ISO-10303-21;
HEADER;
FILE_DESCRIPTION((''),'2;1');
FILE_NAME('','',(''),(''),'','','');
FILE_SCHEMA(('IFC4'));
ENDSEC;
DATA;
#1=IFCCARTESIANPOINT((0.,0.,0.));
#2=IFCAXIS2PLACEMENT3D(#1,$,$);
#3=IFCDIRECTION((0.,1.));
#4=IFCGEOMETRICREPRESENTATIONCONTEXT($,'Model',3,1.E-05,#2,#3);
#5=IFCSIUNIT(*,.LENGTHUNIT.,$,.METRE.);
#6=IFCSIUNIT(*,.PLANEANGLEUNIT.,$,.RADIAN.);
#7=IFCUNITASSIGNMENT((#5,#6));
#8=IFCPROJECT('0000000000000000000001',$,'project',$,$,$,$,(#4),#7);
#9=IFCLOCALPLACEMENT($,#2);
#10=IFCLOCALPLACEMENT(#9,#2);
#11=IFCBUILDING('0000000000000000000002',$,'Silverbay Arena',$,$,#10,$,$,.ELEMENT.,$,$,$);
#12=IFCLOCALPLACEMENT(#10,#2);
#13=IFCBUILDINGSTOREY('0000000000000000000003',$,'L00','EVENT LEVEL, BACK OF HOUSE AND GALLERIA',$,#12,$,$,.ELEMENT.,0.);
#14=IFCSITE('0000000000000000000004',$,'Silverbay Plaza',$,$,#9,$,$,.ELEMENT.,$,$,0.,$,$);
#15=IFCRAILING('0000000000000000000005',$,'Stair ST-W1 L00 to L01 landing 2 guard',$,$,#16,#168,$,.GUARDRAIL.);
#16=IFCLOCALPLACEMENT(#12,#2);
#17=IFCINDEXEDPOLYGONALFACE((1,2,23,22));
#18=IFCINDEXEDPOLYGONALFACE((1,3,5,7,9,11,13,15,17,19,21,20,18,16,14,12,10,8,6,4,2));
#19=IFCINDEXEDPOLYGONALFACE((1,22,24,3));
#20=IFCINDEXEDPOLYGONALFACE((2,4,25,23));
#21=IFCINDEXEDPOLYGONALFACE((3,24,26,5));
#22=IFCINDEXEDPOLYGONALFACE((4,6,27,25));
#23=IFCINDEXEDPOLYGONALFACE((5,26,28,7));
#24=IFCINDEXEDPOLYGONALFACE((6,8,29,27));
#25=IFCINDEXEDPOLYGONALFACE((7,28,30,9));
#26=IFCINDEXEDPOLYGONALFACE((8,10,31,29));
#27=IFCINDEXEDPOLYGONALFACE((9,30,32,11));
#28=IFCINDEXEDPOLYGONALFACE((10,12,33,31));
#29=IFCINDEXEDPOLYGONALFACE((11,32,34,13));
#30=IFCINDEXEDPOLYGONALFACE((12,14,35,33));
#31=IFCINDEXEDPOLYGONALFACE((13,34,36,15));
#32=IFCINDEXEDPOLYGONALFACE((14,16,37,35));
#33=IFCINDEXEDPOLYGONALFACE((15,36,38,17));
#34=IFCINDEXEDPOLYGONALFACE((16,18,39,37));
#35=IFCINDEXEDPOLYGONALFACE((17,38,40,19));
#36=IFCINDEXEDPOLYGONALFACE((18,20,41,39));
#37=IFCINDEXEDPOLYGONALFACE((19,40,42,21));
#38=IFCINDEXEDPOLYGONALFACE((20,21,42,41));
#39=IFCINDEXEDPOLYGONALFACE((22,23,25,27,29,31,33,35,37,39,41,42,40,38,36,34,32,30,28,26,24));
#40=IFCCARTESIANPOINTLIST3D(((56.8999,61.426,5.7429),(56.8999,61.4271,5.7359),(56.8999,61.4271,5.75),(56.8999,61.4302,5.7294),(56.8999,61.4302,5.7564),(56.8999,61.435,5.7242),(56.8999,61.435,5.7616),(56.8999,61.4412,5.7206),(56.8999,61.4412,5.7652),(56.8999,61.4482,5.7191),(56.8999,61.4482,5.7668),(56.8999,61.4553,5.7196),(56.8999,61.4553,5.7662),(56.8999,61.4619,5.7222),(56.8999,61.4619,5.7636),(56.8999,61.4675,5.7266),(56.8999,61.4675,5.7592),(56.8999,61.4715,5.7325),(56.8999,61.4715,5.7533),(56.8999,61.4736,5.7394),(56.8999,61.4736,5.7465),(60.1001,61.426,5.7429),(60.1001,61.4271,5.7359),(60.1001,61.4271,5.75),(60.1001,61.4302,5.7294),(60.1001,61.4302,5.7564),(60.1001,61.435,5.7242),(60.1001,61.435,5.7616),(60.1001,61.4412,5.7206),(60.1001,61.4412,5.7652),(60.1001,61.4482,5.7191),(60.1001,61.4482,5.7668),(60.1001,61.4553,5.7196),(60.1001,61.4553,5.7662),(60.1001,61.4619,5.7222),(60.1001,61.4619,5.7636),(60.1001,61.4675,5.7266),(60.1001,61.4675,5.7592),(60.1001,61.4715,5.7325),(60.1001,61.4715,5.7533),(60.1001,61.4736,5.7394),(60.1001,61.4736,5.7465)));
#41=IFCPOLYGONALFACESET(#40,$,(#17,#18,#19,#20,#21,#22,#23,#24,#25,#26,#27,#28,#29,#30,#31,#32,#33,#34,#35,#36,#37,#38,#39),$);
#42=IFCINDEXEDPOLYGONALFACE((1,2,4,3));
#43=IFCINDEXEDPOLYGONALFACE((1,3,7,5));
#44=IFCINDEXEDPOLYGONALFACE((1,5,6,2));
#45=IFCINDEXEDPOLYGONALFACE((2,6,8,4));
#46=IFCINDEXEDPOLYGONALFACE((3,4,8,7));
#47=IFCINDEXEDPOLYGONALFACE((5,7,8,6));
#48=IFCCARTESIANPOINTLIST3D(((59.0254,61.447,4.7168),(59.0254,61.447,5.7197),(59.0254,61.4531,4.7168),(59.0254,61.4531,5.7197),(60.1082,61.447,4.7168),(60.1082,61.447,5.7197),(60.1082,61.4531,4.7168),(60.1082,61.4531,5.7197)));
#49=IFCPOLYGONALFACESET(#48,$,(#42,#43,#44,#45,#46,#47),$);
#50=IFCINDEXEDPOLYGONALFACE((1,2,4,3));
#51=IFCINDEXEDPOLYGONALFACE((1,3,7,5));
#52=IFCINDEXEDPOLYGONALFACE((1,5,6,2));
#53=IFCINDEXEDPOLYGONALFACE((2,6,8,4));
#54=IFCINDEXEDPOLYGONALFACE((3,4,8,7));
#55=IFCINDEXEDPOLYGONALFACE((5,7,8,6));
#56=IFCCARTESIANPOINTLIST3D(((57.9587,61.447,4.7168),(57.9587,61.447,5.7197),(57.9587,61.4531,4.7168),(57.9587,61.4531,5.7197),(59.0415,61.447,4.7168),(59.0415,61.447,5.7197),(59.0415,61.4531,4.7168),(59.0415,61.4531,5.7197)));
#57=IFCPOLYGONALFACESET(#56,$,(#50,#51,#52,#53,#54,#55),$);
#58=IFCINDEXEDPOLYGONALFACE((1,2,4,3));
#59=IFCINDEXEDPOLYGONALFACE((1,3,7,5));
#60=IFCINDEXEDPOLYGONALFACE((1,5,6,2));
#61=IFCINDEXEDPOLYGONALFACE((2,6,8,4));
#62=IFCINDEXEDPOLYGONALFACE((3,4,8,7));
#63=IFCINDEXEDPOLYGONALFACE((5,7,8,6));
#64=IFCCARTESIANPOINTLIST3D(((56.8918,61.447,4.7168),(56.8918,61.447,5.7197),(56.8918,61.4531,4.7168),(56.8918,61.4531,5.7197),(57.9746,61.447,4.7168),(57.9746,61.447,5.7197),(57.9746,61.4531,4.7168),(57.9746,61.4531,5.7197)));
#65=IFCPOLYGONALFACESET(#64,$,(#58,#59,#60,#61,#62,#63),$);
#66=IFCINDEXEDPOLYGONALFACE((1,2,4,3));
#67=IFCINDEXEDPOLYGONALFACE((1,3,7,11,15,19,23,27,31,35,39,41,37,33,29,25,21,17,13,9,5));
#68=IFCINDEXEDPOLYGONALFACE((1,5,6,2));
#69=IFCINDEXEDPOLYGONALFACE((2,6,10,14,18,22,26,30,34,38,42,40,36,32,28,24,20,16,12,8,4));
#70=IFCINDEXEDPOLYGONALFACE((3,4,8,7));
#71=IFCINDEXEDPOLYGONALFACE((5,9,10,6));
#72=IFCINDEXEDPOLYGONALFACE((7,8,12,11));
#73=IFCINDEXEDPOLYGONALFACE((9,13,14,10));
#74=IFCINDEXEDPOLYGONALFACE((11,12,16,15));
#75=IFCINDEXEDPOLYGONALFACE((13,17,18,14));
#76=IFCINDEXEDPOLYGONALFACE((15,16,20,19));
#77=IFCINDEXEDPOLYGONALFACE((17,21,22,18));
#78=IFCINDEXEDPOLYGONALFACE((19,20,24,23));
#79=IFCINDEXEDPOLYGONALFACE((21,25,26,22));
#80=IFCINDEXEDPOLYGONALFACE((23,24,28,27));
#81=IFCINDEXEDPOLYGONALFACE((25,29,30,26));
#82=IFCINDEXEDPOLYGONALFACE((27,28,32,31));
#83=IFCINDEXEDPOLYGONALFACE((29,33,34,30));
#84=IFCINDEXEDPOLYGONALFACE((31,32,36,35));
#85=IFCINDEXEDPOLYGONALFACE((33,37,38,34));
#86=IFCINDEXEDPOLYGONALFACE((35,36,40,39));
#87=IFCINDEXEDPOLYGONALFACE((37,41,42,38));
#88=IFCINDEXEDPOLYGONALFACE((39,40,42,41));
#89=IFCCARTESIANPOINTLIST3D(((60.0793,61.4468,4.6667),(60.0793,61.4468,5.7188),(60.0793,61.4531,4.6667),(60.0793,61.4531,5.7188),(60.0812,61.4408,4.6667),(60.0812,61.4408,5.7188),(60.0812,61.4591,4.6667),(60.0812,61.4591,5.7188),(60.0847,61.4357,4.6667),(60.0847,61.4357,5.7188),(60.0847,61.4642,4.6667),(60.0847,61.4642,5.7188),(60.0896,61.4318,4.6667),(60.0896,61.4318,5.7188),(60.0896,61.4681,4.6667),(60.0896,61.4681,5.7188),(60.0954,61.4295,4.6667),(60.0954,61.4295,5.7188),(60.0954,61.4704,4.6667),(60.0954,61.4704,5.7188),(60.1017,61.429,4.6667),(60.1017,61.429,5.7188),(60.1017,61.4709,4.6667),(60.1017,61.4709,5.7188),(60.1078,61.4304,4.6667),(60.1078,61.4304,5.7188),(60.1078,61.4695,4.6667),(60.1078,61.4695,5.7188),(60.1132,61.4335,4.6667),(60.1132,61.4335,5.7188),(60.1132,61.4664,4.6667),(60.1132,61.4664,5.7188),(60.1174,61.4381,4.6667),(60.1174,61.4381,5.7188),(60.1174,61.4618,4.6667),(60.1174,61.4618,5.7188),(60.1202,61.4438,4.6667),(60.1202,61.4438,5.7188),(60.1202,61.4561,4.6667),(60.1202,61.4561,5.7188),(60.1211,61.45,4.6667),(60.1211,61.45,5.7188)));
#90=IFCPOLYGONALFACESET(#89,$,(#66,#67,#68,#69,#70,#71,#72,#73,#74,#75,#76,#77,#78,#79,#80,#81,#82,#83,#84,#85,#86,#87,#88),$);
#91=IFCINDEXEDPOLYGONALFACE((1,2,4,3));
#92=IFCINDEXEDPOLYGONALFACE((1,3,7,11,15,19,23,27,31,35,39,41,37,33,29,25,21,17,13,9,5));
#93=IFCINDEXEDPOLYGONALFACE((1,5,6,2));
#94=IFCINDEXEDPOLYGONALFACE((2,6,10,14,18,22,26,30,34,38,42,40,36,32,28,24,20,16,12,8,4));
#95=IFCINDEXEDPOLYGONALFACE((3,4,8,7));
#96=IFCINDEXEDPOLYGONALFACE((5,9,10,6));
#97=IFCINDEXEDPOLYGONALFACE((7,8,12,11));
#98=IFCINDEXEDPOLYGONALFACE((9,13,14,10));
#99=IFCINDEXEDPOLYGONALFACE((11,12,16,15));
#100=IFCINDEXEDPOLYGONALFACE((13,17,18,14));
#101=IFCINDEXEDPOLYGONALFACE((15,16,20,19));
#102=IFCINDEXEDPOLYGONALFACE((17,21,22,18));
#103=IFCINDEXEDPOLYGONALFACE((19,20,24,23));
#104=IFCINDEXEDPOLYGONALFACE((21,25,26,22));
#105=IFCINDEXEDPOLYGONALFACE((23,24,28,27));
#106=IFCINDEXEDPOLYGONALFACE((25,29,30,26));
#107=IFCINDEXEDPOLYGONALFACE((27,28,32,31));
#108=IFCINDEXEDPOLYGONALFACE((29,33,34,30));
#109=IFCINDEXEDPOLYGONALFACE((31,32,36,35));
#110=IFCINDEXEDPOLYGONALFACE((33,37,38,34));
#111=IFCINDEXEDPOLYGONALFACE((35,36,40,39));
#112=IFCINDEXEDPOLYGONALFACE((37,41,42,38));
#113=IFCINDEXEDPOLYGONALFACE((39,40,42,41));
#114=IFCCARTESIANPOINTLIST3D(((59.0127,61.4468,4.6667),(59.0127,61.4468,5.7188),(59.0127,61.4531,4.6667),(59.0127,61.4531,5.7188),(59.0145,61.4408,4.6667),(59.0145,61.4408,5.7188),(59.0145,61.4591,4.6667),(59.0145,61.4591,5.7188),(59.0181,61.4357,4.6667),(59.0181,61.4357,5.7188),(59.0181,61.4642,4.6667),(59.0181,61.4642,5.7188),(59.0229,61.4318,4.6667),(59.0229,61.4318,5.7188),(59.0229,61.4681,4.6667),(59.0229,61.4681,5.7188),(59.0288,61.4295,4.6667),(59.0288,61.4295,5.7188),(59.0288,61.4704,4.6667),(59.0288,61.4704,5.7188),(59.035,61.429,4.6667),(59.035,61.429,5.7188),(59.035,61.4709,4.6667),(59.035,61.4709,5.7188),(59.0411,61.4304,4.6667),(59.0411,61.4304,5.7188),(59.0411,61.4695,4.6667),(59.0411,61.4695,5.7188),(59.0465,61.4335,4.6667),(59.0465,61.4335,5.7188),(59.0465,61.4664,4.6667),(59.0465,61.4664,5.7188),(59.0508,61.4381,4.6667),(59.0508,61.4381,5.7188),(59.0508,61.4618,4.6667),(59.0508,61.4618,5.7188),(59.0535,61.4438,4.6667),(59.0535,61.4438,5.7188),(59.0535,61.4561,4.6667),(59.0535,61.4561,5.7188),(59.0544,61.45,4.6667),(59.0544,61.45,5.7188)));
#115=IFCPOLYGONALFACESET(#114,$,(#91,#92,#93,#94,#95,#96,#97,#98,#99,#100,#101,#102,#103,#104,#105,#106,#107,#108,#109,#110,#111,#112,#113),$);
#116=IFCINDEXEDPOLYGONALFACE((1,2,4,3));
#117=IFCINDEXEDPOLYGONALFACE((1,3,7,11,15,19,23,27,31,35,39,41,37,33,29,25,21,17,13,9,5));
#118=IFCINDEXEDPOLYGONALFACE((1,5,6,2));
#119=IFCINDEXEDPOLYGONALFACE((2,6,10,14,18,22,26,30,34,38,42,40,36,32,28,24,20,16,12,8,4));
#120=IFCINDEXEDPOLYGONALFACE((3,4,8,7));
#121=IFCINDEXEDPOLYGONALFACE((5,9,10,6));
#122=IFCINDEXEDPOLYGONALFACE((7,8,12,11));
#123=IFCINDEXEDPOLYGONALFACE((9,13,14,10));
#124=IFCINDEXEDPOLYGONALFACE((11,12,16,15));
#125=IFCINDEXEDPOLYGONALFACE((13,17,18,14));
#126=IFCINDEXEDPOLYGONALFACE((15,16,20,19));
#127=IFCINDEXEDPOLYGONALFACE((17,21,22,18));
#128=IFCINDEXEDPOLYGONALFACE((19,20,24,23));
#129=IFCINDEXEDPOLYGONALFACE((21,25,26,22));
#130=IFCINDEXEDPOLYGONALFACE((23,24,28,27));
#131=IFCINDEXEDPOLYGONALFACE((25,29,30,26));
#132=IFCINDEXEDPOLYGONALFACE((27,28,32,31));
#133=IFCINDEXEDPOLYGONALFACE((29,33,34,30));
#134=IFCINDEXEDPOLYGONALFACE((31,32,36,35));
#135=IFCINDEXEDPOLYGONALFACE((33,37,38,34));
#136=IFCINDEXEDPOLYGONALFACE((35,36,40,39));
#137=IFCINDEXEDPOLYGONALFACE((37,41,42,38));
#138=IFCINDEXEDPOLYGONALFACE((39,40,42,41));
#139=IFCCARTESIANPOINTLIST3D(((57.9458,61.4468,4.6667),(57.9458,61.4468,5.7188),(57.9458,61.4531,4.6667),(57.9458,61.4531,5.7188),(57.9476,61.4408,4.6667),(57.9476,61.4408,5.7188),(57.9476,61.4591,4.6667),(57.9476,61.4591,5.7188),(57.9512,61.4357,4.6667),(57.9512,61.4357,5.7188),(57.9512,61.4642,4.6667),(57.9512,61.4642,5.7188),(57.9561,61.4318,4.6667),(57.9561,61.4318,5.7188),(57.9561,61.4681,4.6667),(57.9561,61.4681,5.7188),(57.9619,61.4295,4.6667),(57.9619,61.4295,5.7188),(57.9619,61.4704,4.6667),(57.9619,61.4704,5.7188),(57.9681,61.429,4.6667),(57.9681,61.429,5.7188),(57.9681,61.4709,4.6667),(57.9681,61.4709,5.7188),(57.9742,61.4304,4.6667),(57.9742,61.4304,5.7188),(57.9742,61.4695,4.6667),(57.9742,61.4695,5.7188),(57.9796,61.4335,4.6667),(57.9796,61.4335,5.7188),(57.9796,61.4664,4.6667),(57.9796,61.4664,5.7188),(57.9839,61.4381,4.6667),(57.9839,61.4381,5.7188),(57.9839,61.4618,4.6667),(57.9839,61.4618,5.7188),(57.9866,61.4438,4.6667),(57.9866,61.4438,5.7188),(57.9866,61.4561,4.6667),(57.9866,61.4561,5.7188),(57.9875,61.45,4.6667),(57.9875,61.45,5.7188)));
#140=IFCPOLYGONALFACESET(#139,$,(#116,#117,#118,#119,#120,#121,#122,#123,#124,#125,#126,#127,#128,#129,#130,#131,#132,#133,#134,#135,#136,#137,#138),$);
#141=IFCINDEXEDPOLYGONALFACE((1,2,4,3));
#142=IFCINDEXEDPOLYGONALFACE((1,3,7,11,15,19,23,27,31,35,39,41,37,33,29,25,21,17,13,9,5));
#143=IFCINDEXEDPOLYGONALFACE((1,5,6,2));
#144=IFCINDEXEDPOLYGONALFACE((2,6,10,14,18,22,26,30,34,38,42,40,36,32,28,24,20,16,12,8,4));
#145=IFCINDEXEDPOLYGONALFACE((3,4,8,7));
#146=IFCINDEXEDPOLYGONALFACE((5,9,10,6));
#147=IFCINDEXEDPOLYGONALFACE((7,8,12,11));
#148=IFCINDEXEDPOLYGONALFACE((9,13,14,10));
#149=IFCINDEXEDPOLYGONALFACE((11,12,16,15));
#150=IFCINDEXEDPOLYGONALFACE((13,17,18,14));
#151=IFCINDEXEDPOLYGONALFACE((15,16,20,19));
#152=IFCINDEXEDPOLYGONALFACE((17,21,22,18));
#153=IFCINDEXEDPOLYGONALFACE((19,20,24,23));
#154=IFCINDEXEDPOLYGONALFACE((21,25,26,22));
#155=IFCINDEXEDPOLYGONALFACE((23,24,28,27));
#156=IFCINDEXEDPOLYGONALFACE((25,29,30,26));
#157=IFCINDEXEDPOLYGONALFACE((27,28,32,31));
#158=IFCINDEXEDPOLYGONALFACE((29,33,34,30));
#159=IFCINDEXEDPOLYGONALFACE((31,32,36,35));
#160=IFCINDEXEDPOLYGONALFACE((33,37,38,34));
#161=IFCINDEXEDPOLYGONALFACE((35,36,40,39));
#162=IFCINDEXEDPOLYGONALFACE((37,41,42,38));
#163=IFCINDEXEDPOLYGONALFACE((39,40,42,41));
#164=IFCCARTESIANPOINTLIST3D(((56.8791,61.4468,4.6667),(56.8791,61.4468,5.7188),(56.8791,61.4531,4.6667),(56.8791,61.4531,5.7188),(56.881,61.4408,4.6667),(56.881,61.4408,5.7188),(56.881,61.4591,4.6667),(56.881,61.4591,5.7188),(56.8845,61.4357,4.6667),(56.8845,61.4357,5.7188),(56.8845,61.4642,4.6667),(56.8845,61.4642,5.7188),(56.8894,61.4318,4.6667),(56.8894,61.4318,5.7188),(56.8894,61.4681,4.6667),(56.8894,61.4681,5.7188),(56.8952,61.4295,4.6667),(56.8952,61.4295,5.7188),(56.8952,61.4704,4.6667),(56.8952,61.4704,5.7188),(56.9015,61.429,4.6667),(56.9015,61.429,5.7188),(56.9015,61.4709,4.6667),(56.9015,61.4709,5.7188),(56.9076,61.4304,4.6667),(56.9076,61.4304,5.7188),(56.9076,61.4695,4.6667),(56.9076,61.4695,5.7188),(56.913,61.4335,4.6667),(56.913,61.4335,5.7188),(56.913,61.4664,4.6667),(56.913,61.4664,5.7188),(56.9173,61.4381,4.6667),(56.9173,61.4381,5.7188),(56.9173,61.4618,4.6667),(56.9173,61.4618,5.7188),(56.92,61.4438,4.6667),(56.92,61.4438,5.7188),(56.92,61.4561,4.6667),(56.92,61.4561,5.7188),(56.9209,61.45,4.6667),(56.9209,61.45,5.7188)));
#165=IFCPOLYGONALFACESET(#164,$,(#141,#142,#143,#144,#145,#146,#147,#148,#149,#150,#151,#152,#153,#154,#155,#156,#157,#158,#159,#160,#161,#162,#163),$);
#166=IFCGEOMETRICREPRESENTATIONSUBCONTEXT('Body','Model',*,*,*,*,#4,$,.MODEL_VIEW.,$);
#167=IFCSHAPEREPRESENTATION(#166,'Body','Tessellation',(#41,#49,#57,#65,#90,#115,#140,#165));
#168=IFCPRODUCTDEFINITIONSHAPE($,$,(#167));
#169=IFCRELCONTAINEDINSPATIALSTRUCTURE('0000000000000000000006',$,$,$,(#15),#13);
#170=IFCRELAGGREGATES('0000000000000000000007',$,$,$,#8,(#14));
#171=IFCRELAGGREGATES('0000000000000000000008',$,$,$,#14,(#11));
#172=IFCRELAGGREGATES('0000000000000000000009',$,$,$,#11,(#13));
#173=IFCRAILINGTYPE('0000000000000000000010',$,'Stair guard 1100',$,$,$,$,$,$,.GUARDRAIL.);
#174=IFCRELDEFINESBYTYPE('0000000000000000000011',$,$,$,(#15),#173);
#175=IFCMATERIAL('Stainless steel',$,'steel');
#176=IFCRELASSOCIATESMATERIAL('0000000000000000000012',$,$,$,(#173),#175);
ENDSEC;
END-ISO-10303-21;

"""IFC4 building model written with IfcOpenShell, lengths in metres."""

from ifc_helpers import new_model, si_unit, direction, frame, origin, origin_2d, place, context, subcontext, project, spatial, polyline, circle, outline, extrude, material, type_object, element, save


model = new_model("IFC4")

# Units and contexts
model_context = context("Model", 3, precision=1e-05, world=origin(), true_north=direction((0.0, 1.0)))
body_context = subcontext(model_context, "Body", "Model", "MODEL_VIEW")
ifc_project = project(units=[si_unit("LENGTHUNIT", "METRE"), si_unit("PLANEANGLEUNIT", "RADIAN")], contexts=[model_context])

# Site, building, storey
site_placement = place(None, origin())
site = spatial("IfcSite", under=ifc_project, at=site_placement, Name="Silverbay Plaza", CompositionType="ELEMENT", RefElevation=0.0)
building_placement = place(site_placement, origin())
building = spatial("IfcBuilding", under=site, at=building_placement, Name="Silverbay Arena", CompositionType="ELEMENT")
storey_placement = place(building_placement, origin())
storey = spatial("IfcBuildingStorey", under=building, at=storey_placement, Name="L00", Description="EVENT LEVEL, BACK OF HOUSE AND GALLERIA", CompositionType="ELEMENT", Elevation=0.0)

# Railing
ifc_material_1 = material(Name="Stainless steel", Category="steel")
railing_type_1 = type_object("IfcRailingType", Name="Stair guard 1100", PredefinedType="GUARDRAIL", material=ifc_material_1)
railing_1_placement = place(storey_placement, frame((60.1001, 61.45, 4.6667)))
element("IfcRailing", 1, at=railing_1_placement, inside=storey, type_object=railing_type_1, Name="Stair ST-W1 L00 to L01 landing 2 guard", PredefinedType="GUARDRAIL", context=body_context, shape_type="SweptSolid", body=[
    extrude(circle(Radius=0.0239, at=origin_2d()), frame((0.0, 0.0, 1.0762), z_axis=(-1.0, 0.0, 0.0), x_axis=(0.0, -1.0, 0.0)), (0.0, 0.0, 1.0), 3.2002),
    extrude(outline(polyline([(-0.0081, 0.05), (1.0747, 0.05), (1.0747, 1.053), (-0.0081, 1.053), (-0.0081, 0.05)])), frame((0.0, -0.0029, 0.0), z_axis=(0.0, 1.0, 0.0), x_axis=(-1.0, 0.0, 0.0)), (0.0, 0.0, 1.0), 0.0061),
    extrude(outline(polyline([(-0.0081, 0.05), (1.0747, 0.05), (1.0747, 1.053), (-0.0081, 1.053), (-0.0081, 0.05)])), frame((-1.0667, -0.0029, 0.0), z_axis=(0.0, 1.0, 0.0), x_axis=(-1.0, 0.0, 0.0)), (0.0, 0.0, 1.0), 0.0061),
    extrude(outline(polyline([(-0.0081, 0.05), (1.0747, 0.05), (1.0747, 1.053), (-0.0081, 1.053), (-0.0081, 0.05)])), frame((-2.1335, -0.0029, 0.0), z_axis=(0.0, 1.0, 0.0), x_axis=(-1.0, 0.0, 0.0)), (0.0, 0.0, 1.0), 0.0061),
    extrude(circle(Radius=0.021, at=origin_2d()), origin(), (0.0, 0.0, 1.0), 1.052),
    extrude(circle(Radius=0.021, at=origin_2d()), frame((-1.0667, 0.0, 0.0)), (0.0, 0.0, 1.0), 1.052),
    extrude(circle(Radius=0.021, at=origin_2d()), frame((-2.1335, 0.0, 0.0)), (0.0, 0.0, 1.0), 1.052),
    extrude(circle(Radius=0.021, at=origin_2d()), frame((-3.2002, 0.0, 0.0)), (0.0, 0.0, 1.0), 1.052),
])

save(model, "model.ifc")
